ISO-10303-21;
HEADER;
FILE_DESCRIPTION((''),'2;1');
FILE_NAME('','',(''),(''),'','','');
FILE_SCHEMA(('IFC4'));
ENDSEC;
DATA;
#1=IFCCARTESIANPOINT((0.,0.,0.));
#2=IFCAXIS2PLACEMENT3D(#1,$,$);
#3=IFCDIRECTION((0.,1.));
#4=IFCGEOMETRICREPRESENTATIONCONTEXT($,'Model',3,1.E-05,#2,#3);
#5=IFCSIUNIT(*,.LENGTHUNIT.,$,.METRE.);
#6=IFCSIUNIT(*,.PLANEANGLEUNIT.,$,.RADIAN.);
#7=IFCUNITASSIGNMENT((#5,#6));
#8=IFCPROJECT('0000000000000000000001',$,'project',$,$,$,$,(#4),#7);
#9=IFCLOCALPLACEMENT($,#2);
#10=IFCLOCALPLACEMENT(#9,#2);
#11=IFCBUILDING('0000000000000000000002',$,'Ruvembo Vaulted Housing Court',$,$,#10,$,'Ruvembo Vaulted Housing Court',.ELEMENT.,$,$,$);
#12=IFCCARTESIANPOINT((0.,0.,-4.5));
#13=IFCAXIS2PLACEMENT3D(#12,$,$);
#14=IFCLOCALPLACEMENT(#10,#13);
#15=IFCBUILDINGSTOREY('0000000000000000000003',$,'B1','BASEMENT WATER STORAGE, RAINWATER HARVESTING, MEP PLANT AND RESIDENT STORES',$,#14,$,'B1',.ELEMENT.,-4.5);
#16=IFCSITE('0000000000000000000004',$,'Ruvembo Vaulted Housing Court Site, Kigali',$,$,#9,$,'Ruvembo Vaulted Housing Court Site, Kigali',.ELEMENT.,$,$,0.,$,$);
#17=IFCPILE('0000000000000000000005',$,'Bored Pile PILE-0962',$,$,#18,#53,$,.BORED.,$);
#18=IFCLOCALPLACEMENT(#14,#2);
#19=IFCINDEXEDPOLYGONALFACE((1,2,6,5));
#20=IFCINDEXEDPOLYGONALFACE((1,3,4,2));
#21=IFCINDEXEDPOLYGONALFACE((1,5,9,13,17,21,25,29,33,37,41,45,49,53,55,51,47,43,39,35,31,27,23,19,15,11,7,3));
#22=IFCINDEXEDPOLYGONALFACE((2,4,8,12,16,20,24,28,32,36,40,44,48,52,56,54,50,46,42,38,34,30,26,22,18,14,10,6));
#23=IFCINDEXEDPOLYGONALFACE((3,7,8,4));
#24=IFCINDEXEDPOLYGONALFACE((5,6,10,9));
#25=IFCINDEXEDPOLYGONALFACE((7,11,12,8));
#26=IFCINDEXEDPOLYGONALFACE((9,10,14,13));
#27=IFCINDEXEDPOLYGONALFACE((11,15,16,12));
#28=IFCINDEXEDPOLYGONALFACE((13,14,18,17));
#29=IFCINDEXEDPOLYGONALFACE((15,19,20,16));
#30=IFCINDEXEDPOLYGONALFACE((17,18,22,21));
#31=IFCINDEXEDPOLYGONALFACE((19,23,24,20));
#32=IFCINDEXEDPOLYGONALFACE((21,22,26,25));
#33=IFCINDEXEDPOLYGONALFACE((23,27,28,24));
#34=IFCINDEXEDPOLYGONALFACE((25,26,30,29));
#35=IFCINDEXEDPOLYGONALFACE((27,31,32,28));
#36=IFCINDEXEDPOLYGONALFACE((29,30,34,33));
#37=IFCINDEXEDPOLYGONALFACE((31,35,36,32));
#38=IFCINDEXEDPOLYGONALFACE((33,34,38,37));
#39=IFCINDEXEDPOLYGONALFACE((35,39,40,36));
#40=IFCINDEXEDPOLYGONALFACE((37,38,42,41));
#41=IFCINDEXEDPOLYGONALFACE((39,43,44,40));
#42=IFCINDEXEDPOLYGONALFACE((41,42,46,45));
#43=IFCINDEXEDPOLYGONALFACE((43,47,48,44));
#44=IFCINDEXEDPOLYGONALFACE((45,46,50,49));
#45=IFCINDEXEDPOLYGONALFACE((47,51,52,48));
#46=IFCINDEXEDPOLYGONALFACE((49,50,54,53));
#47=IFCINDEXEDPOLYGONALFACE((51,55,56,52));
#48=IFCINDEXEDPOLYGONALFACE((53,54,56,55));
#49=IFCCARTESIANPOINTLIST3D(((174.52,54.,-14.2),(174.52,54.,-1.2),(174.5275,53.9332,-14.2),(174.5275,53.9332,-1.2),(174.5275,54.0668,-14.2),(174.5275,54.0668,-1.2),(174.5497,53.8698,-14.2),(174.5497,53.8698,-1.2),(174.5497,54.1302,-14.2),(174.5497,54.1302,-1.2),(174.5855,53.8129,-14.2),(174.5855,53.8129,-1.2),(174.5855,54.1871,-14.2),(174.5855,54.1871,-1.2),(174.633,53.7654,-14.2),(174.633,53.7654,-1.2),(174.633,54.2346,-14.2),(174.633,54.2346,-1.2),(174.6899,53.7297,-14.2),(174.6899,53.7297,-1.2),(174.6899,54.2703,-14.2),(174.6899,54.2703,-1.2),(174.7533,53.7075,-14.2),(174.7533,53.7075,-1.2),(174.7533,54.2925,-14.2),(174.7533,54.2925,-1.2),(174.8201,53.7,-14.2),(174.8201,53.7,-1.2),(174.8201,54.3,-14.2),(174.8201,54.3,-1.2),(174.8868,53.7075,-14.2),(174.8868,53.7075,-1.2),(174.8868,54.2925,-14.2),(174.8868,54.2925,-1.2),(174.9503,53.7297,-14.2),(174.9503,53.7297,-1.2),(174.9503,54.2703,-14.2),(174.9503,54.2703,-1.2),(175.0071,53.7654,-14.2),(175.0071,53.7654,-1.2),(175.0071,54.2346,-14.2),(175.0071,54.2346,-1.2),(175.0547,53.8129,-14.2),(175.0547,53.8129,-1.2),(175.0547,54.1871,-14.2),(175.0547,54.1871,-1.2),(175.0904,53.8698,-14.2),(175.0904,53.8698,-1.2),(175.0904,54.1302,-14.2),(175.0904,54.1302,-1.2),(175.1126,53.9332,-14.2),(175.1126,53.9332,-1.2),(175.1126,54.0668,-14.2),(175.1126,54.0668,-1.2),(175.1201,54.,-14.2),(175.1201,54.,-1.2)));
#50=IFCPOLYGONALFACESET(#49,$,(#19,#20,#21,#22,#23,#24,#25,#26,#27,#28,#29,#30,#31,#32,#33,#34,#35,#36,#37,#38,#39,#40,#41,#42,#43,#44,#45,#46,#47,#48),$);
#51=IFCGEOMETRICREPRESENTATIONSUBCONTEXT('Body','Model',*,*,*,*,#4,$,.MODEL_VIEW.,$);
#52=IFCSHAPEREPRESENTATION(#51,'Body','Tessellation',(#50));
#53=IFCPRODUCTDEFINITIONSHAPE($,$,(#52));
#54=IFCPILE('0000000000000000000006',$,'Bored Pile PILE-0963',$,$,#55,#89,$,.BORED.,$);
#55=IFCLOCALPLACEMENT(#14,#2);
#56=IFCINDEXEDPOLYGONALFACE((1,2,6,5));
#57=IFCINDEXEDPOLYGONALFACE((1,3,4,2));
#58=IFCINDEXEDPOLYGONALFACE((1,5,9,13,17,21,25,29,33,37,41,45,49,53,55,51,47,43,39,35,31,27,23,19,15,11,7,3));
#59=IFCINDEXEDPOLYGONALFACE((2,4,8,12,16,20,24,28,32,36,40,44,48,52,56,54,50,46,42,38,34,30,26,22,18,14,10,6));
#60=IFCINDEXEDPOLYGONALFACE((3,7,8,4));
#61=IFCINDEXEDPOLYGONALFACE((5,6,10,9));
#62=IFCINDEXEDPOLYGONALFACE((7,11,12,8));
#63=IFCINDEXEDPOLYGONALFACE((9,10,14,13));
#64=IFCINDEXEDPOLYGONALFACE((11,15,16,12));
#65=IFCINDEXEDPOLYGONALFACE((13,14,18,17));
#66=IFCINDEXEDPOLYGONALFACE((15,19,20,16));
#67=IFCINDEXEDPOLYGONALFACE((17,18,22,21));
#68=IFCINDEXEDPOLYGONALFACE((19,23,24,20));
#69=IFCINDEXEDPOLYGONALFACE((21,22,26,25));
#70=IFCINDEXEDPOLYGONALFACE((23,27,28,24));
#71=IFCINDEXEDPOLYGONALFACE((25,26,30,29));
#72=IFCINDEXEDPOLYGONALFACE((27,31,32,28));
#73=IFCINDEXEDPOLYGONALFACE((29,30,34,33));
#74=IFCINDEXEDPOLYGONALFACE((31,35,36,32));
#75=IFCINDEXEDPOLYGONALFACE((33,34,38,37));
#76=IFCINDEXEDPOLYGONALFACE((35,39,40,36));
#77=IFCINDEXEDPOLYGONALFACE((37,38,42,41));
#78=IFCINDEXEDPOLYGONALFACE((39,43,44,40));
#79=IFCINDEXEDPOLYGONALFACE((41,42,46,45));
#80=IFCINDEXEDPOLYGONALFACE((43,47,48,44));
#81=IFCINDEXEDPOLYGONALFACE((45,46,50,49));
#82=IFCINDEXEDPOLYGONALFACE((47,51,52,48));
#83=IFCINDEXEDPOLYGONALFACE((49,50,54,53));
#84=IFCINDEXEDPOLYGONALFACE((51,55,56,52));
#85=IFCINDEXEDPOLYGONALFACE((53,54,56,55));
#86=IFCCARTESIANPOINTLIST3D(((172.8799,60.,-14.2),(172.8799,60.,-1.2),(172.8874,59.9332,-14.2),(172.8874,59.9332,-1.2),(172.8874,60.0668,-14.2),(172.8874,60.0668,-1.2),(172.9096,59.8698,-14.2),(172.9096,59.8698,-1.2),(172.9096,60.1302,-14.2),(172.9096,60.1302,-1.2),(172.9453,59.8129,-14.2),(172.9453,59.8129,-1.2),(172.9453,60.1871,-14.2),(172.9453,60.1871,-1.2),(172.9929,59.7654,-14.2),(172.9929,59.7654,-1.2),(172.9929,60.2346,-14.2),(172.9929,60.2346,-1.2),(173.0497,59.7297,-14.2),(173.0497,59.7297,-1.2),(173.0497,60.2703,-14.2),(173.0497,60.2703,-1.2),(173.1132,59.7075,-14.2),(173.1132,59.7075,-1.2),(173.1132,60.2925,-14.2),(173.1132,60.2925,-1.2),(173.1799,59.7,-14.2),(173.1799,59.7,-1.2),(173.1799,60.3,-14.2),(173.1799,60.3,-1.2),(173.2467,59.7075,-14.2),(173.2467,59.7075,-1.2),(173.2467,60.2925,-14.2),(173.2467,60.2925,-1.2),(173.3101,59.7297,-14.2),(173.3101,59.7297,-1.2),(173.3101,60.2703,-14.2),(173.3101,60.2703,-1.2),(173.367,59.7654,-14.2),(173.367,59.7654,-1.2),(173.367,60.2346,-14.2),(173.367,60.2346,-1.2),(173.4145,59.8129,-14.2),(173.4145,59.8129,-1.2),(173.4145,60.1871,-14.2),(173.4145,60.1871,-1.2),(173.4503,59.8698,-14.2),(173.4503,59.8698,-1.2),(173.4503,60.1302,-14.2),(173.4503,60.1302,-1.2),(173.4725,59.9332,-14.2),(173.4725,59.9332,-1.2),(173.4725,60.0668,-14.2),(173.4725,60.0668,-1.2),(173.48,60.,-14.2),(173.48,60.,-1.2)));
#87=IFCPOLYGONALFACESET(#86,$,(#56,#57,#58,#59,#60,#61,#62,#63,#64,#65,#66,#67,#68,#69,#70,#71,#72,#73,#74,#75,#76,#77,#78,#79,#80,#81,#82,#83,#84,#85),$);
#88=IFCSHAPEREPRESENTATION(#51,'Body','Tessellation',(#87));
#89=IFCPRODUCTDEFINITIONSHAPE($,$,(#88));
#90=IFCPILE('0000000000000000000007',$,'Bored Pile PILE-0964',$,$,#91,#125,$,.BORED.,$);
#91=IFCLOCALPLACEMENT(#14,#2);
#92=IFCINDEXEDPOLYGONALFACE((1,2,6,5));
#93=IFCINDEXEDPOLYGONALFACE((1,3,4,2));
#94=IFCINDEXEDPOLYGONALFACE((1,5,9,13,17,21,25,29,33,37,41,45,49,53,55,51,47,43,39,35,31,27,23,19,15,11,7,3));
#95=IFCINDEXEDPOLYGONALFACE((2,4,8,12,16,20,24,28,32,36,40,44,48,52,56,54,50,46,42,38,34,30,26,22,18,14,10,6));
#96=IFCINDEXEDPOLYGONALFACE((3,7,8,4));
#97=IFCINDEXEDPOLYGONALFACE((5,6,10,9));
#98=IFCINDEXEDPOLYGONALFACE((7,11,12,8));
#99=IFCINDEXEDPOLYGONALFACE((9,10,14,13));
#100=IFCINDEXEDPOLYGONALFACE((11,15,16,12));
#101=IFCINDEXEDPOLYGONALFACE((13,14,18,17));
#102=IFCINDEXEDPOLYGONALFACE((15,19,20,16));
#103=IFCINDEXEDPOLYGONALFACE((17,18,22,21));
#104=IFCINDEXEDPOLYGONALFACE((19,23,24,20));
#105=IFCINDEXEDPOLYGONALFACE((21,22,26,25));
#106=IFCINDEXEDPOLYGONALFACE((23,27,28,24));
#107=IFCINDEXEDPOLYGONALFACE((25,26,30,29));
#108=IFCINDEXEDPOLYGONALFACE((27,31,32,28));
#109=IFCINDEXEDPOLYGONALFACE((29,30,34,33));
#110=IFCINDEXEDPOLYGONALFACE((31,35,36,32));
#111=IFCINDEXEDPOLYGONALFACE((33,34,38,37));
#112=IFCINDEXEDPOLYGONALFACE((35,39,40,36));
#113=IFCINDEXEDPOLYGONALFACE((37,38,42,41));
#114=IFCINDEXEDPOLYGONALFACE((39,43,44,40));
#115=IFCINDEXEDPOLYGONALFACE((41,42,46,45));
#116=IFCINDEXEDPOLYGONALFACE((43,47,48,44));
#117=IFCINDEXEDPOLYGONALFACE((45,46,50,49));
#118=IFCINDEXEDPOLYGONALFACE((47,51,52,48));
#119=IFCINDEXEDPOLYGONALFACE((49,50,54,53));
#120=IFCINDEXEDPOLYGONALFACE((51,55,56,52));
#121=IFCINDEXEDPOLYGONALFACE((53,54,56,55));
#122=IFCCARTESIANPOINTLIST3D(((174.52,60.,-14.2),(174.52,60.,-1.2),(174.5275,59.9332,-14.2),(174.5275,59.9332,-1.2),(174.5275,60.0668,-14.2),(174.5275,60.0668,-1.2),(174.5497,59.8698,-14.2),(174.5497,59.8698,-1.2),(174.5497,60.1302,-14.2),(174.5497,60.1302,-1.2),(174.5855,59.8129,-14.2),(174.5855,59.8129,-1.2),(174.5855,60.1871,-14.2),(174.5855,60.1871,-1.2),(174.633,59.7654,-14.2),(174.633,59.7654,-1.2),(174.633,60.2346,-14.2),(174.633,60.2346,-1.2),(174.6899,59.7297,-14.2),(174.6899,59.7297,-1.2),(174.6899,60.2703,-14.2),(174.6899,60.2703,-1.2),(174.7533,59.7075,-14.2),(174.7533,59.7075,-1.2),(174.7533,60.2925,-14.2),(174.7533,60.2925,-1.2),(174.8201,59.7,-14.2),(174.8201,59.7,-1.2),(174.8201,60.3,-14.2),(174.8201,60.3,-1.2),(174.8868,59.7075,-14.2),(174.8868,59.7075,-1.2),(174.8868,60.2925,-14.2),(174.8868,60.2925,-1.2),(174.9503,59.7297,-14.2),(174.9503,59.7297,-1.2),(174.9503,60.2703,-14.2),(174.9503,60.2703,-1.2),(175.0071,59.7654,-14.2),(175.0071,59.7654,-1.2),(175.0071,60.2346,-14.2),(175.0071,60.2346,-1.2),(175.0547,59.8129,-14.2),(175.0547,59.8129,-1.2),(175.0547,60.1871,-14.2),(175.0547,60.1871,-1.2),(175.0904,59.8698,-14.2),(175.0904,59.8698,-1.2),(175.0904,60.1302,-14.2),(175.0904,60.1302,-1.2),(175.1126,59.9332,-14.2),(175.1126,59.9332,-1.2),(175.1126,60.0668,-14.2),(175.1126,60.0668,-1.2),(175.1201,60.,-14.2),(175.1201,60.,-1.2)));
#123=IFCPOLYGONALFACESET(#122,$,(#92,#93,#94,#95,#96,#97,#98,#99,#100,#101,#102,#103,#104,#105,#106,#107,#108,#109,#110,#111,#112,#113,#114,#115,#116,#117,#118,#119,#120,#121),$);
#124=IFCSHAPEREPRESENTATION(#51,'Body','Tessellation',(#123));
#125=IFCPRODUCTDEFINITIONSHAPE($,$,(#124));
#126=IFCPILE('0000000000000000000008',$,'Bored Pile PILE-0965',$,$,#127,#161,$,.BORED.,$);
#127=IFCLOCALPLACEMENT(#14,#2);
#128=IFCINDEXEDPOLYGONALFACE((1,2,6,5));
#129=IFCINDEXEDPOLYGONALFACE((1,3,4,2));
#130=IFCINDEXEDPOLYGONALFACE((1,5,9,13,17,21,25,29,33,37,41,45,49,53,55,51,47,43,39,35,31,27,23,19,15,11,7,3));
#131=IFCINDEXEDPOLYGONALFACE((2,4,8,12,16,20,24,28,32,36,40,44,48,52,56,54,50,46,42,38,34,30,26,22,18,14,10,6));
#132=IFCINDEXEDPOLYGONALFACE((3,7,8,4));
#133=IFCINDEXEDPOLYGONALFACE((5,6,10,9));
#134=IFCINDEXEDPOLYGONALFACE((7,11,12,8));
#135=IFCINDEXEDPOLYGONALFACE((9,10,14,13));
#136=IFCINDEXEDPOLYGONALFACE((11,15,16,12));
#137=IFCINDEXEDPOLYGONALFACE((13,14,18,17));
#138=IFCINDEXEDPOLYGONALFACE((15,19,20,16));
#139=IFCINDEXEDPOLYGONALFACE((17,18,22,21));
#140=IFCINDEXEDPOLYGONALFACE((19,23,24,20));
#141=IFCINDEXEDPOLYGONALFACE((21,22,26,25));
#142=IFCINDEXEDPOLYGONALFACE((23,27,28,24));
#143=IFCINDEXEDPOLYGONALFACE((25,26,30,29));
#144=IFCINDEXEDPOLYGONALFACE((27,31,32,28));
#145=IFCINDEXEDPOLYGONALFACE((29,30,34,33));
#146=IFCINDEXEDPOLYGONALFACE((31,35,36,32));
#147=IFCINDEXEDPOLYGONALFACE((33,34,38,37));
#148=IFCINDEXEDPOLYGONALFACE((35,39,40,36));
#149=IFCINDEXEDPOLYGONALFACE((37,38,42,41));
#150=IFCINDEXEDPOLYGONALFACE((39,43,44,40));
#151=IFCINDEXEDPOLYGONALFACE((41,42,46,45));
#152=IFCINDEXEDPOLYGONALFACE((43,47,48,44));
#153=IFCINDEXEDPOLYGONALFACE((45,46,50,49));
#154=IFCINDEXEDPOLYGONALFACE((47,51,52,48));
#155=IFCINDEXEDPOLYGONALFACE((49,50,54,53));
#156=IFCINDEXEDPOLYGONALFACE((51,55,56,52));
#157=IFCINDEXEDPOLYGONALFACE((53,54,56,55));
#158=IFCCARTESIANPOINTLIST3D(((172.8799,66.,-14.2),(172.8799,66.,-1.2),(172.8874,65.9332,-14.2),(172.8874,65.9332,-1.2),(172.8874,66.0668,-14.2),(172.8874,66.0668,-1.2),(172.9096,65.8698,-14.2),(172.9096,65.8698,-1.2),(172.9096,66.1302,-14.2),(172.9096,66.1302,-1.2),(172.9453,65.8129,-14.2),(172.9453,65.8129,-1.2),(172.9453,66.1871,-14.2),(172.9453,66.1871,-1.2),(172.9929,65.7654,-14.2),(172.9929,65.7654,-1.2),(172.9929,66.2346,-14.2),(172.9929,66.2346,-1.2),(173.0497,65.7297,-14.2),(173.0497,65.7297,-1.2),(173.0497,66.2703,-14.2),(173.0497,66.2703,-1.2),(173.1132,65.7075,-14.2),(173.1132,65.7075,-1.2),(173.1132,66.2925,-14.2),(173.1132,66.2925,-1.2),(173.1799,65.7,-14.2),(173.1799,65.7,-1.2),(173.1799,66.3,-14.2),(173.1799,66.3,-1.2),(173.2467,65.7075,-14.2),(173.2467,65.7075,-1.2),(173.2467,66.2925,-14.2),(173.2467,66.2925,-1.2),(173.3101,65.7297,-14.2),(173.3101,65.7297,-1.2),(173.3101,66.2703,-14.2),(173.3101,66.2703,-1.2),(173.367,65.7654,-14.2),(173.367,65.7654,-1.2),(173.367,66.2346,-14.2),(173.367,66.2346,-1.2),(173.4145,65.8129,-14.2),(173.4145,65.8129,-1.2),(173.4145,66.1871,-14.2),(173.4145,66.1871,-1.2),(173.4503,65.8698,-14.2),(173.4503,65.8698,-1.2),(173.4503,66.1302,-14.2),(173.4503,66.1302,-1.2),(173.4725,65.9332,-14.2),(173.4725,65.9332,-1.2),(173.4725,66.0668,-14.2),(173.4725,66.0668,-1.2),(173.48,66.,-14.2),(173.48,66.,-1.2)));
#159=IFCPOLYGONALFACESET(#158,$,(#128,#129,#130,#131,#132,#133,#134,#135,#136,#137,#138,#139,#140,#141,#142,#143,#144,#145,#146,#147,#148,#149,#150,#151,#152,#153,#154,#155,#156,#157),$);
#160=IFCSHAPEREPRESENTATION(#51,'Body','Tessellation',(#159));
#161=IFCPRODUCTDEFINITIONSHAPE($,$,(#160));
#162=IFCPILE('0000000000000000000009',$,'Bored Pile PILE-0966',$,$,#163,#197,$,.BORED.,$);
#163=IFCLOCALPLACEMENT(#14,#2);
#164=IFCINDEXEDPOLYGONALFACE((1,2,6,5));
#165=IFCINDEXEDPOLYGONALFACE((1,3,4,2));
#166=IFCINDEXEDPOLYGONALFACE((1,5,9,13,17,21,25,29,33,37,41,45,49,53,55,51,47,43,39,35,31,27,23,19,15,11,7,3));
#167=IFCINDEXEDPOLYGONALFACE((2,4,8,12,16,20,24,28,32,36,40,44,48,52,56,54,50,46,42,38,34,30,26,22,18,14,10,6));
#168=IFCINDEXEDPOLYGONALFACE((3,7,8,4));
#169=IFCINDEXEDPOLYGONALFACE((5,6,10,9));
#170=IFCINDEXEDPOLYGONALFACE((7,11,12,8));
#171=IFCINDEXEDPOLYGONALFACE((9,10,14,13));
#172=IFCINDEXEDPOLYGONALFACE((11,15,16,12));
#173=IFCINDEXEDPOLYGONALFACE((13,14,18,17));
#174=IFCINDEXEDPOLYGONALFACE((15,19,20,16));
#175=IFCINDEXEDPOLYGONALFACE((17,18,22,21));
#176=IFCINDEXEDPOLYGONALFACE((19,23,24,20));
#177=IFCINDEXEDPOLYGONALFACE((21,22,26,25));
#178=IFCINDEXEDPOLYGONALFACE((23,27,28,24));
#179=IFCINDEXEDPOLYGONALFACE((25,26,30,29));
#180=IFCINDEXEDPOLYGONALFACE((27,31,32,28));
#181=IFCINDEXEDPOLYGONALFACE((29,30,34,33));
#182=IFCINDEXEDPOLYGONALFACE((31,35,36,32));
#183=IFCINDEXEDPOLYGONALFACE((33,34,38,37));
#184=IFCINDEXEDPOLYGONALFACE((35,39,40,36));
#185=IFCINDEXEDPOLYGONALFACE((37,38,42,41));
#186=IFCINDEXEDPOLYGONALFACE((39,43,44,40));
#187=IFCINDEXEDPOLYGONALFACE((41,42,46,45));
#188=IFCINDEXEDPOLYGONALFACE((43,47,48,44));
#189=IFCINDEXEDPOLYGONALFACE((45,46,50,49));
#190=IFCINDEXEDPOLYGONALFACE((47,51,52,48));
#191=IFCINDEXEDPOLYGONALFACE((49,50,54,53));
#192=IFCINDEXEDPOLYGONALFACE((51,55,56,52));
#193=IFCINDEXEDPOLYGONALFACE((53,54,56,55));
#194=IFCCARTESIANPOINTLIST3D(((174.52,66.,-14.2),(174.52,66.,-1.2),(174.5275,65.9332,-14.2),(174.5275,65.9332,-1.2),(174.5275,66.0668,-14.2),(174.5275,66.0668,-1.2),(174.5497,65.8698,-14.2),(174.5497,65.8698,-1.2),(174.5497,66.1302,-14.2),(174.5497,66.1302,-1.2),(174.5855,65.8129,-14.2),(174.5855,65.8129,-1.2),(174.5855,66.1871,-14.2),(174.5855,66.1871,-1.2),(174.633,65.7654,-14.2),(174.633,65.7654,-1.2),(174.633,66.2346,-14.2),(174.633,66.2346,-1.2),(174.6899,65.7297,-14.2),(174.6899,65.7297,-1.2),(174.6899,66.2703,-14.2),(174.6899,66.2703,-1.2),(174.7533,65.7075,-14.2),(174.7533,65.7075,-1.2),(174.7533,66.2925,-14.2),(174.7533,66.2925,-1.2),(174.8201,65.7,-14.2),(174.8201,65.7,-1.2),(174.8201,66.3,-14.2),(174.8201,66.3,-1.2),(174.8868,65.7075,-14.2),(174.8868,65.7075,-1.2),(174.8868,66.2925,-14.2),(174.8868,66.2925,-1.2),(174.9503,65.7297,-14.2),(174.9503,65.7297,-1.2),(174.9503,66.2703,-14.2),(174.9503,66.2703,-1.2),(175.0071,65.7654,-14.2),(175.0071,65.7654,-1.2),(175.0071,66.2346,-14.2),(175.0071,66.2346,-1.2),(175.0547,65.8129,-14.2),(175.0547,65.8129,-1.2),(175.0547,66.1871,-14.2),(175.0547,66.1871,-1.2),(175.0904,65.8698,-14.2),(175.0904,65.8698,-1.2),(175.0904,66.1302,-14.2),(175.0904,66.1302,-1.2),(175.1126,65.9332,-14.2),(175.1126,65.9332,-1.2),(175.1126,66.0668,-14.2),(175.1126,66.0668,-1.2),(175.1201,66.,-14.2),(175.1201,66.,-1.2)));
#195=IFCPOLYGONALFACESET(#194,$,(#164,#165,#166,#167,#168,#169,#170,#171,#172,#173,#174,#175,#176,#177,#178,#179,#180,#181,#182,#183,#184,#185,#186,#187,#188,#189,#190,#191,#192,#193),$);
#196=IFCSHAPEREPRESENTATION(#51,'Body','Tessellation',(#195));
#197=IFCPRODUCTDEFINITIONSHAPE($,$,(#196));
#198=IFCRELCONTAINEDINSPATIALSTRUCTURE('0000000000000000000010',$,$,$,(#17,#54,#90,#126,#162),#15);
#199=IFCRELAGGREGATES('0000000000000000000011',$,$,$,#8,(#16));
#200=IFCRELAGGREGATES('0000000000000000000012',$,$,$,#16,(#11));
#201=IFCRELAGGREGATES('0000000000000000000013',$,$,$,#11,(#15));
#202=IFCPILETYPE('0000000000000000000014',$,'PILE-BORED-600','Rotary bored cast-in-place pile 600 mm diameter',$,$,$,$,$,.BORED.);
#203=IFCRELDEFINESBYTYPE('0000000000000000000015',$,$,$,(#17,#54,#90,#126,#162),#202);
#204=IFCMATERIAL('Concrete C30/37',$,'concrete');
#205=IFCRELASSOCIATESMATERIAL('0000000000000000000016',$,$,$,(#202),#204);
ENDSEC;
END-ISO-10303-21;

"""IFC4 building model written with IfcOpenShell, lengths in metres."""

from ifc_helpers import new_model, si_unit, direction, frame, origin, origin_2d, place, context, subcontext, project, spatial, circle, extrude, material, material_profile, profile_set, type_object, element, save


model = new_model("IFC4")

# Units and contexts
model_context = context("Model", 3, precision=1e-05, world=origin(), true_north=direction((0.0, 1.0)))
body_context = subcontext(model_context, "Body", "Model", "MODEL_VIEW")
ifc_project = project(units=[si_unit("LENGTHUNIT", "METRE"), si_unit("PLANEANGLEUNIT", "RADIAN")], contexts=[model_context])

# Site, building, storey
site_placement = place(None, origin())
site = spatial("IfcSite", under=ifc_project, at=site_placement, Name="Ruvembo Vaulted Housing Court Site, Kigali", LongName="Ruvembo Vaulted Housing Court Site, Kigali", CompositionType="ELEMENT", RefElevation=0.0)
building_placement = place(site_placement, origin())
building = spatial("IfcBuilding", under=site, at=building_placement, Name="Ruvembo Vaulted Housing Court", LongName="Ruvembo Vaulted Housing Court", CompositionType="ELEMENT")
storey_placement = place(building_placement, frame((0.0, 0.0, -4.5)))
storey = spatial("IfcBuildingStorey", under=building, at=storey_placement, Name="B1", Description="BASEMENT WATER STORAGE, RAINWATER HARVESTING, MEP PLANT AND RESIDENT STORES", LongName="B1", CompositionType="ELEMENT", Elevation=-4.5)

# Piles
ifc_material_1 = material(Name="Concrete C30/37", Category="concrete")
ifc_material_profile_1 = material_profile(ifc_material_1, circle(Radius=0.3, at=origin_2d()), Name="PILE D600")
ifc_profile_set_1 = profile_set([ifc_material_profile_1], Name="Concrete C30/37")
pile_type = type_object("IfcPileType", Name="PILE-BORED-600", Description="Rotary bored cast-in-place pile 600 mm diameter", PredefinedType="BORED", material=ifc_profile_set_1)
for number, where, z_axis, x_axis, name in (
    (1, (174.8201, 54.0, -1.2), (0.0, 0.0, -1.0), (1.0, 0.0, 0.0), "Bored Pile PILE-0962"),
    (2, (173.1799, 60.0, -1.2), (0.0, 0.0, -1.0), (1.0, 0.0, 0.0), "Bored Pile PILE-0963"),
    (3, (174.8201, 60.0, -1.2), (0.0, 0.0, -1.0), (1.0, 0.0, 0.0), "Bored Pile PILE-0964"),
    (4, (173.1799, 66.0, -1.2), (0.0, 0.0, -1.0), (1.0, 0.0, 0.0), "Bored Pile PILE-0965"),
    (5, (174.8201, 66.0, -1.2), (0.0, 0.0, -1.0), (1.0, 0.0, 0.0), "Bored Pile PILE-0966"),
):
    element("IfcPile", number, at=place(storey_placement, frame(where, z_axis=z_axis, x_axis=x_axis)), inside=storey, type_object=pile_type, Name=name, PredefinedType="BORED", context=body_context, shape_type="SweptSolid", body=[
        extrude(circle(Radius=0.3, at=origin_2d()), origin(), (0.0, 0.0, 1.0), 13.0),
    ])

save(model, "model.ifc")
